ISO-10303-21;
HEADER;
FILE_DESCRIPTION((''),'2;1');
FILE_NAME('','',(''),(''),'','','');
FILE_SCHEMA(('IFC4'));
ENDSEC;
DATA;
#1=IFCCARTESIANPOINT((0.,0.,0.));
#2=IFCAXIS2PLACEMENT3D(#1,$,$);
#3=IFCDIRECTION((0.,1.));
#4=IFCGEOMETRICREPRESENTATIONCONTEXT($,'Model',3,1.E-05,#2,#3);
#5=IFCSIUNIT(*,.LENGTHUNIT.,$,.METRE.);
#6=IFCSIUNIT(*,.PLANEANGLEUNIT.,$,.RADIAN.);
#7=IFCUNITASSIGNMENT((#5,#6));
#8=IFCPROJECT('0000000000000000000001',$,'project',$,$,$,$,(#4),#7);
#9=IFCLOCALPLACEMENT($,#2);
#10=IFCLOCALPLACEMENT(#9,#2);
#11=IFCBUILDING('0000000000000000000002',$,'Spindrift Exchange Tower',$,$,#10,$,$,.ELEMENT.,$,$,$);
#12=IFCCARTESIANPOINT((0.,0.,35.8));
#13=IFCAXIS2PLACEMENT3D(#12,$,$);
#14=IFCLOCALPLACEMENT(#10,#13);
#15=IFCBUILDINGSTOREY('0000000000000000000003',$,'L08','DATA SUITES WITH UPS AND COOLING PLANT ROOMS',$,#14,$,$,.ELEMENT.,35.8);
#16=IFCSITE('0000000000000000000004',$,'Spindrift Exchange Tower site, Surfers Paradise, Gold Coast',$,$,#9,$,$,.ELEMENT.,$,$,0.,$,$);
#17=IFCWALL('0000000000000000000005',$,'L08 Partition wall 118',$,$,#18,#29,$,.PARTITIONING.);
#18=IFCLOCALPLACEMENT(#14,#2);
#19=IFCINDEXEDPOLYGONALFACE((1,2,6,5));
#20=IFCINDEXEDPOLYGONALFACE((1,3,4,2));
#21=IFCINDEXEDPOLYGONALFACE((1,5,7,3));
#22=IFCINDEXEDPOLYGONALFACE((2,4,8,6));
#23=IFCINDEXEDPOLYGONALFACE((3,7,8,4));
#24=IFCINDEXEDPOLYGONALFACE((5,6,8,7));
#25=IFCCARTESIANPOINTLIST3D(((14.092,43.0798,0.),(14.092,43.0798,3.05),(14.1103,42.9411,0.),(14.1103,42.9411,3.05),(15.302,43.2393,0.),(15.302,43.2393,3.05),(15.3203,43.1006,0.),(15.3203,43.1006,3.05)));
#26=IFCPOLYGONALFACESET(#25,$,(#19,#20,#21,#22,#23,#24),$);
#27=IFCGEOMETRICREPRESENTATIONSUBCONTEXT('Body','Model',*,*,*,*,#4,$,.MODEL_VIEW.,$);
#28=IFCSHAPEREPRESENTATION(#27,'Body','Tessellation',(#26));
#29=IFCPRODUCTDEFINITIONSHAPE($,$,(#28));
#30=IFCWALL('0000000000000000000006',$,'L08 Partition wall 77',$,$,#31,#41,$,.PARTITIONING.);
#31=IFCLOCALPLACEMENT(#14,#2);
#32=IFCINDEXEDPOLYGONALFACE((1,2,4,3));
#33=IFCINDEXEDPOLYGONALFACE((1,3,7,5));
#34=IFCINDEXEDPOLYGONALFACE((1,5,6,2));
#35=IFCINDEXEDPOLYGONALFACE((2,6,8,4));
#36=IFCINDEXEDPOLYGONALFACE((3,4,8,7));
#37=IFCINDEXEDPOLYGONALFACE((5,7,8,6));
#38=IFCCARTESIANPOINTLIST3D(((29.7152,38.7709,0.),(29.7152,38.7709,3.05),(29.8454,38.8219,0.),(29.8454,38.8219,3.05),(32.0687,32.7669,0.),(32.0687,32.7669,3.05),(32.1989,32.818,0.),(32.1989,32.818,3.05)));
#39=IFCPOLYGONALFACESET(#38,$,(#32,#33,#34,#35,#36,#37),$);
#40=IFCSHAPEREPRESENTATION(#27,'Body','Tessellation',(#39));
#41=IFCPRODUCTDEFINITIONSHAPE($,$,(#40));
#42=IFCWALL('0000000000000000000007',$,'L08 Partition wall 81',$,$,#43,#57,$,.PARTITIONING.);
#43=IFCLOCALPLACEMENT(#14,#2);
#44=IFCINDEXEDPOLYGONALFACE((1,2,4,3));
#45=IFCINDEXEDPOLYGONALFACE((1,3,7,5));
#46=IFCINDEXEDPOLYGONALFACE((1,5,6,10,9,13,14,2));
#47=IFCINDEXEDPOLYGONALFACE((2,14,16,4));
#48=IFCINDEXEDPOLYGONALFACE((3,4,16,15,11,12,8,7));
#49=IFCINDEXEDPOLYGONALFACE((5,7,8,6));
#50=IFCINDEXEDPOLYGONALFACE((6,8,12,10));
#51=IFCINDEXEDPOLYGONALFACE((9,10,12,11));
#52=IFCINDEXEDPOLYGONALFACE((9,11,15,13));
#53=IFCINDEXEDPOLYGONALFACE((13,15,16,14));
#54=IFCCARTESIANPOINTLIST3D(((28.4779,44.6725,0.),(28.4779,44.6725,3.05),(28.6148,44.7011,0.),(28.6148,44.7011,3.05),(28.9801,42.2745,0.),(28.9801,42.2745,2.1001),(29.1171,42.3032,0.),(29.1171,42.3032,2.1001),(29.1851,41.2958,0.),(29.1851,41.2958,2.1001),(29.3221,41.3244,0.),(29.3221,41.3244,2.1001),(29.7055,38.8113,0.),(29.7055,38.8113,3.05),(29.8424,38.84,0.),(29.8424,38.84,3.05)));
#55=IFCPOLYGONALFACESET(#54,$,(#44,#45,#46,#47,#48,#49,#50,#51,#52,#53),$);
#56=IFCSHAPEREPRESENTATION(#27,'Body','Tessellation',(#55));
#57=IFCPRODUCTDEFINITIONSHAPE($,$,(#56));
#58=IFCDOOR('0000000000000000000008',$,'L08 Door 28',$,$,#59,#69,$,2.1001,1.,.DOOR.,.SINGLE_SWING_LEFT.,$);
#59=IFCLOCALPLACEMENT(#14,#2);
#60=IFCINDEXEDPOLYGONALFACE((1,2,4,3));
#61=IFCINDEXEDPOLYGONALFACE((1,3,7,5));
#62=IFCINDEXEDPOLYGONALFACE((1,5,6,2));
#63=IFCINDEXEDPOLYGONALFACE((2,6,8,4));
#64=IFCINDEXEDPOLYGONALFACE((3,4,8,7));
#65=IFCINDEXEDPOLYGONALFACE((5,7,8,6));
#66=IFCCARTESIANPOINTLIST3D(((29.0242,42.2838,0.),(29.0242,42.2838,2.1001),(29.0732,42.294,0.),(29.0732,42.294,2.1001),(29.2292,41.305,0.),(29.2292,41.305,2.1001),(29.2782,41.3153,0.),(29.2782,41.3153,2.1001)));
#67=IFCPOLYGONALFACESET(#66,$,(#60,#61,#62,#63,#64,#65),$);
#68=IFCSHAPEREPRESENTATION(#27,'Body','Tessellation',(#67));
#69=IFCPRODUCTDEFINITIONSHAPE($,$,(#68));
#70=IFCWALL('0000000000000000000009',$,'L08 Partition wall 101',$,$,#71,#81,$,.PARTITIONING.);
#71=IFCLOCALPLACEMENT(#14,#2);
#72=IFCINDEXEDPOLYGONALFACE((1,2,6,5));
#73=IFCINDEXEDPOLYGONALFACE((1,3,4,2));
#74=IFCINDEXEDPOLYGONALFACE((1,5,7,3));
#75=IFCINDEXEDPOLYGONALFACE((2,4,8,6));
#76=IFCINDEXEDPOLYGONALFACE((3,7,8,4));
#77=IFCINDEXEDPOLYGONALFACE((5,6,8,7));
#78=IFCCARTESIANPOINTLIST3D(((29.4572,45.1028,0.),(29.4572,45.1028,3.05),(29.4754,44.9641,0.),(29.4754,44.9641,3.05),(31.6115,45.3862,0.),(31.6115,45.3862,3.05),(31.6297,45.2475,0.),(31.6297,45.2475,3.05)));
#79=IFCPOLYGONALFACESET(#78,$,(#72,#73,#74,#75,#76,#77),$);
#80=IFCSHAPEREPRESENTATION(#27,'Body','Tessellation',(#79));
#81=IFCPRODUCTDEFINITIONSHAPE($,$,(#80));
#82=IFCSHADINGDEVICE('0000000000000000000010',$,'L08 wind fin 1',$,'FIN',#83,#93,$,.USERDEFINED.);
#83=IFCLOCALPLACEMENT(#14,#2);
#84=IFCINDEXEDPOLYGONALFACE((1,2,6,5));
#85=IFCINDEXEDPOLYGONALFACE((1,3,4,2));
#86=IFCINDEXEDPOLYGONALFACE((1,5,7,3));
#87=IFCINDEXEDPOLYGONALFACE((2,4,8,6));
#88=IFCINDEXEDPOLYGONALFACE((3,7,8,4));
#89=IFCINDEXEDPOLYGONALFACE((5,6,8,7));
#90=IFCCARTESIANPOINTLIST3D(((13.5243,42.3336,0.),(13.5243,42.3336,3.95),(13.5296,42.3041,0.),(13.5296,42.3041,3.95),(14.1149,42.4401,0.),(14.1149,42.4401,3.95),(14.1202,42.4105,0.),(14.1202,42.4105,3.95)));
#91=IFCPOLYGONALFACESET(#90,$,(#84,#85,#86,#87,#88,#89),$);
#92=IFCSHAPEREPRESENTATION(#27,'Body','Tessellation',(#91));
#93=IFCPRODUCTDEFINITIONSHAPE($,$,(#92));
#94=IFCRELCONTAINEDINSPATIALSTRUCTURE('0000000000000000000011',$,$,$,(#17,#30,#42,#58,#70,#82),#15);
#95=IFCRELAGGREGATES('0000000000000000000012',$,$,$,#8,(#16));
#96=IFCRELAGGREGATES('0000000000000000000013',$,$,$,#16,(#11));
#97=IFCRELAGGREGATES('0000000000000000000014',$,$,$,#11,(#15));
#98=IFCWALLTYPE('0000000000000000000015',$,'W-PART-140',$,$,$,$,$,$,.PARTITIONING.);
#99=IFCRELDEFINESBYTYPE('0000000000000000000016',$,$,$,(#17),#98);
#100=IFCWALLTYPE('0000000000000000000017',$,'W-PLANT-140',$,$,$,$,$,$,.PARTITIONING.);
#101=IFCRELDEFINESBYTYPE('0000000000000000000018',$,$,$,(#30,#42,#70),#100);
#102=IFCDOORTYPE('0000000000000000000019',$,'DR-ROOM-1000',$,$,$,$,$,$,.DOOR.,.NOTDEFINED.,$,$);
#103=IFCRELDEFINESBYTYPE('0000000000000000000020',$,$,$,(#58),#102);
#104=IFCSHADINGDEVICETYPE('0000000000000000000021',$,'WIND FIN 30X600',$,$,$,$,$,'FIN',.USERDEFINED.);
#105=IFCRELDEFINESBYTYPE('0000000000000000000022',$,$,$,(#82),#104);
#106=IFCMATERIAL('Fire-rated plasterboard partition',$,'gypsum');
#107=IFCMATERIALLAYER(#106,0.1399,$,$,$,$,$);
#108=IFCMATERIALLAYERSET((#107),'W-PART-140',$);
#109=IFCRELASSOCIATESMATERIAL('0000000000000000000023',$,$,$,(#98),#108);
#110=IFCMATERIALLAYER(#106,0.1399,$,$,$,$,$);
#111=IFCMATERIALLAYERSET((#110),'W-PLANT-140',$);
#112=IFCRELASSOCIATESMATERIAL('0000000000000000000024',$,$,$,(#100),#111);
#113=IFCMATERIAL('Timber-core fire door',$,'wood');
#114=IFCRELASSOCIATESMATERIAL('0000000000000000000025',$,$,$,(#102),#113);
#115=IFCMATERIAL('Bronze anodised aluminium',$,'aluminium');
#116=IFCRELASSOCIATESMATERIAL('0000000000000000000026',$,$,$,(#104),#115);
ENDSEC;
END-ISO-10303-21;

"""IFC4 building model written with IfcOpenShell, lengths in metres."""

from ifc_helpers import new_model, si_unit, direction, frame, frame_2d, origin, origin_2d, place, context, subcontext, project, spatial, rectangle, extrude, source, transform, mapped, material, layer, layer_set, material_profile, profile_set, type_object, element, fill, save


model = new_model("IFC4")

# Units and contexts
model_context = context("Model", 3, precision=1e-05, world=origin(), true_north=direction((0.0, 1.0)))
body_context = subcontext(model_context, "Body", "Model", "MODEL_VIEW")
ifc_project = project(units=[si_unit("LENGTHUNIT", "METRE"), si_unit("PLANEANGLEUNIT", "RADIAN")], contexts=[model_context])

# Site, building, storey
site_placement = place(None, origin())
site = spatial("IfcSite", under=ifc_project, at=site_placement, Name="Spindrift Exchange Tower site, Surfers Paradise, Gold Coast", CompositionType="ELEMENT", RefElevation=0.0)
building_placement = place(site_placement, origin())
building = spatial("IfcBuilding", under=site, at=building_placement, Name="Spindrift Exchange Tower", CompositionType="ELEMENT")
storey_placement = place(building_placement, frame((0.0, 0.0, 35.8)))
storey = spatial("IfcBuildingStorey", under=building, at=storey_placement, Name="L08", Description="DATA SUITES WITH UPS AND COOLING PLANT ROOMS", CompositionType="ELEMENT", Elevation=35.8)

# Shared definitions
ifc_material_1 = material(Name="Bronze anodised aluminium", Category="aluminium")

# Walls
ifc_material_2 = material(Name="Fire-rated plasterboard partition", Category="gypsum")
ifc_layer_1 = layer(ifc_material_2, 0.1399)
ifc_layer_set_1 = layer_set([ifc_layer_1], Name="W-PART-140")
wall_type_1 = type_object("IfcWallType", Name="W-PART-140", PredefinedType="PARTITIONING", material=ifc_layer_set_1)
wall_1_placement = place(storey_placement, frame((15.3113, 43.1699, 0.0), z_axis=(0.0, 0.0, 1.0), x_axis=(-0.991431, -0.13063, 0.0)))
element("IfcWall", 1, at=wall_1_placement, inside=storey, type_object=wall_type_1, Name="L08 Partition wall 118", PredefinedType="PARTITIONING", context=body_context, shape_type="SweptSolid", body=[
    extrude(rectangle(XDim=1.2205, YDim=0.1399, at=frame_2d((0.6104, 0.0))), origin(), (0.0, 0.0, 1.0), 3.05),
])
ifc_layer_2 = layer(ifc_material_2, 0.1399)
ifc_layer_set_2 = layer_set([ifc_layer_2], Name="W-PLANT-140")
wall_type_2 = type_object("IfcWallType", Name="W-PLANT-140", PredefinedType="PARTITIONING", material=ifc_layer_set_2)
wall_2_placement = place(storey_placement, frame((29.7803, 38.7964, 0.0), z_axis=(0.0, 0.0, 1.0), x_axis=(0.364959, -0.931024, 0.0)))
element("IfcWall", 2, at=wall_2_placement, inside=storey, type_object=wall_type_2, Name="L08 Partition wall 77", PredefinedType="PARTITIONING", context=body_context, shape_type="SweptSolid", body=[
    extrude(rectangle(XDim=6.4487, YDim=0.1399, at=frame_2d((3.2244, 0.0))), origin(), (0.0, 0.0, 1.0), 3.05),
])

# Wall, opening, door
wall_3_placement = place(storey_placement, frame((29.7739, 38.8257, 0.0), z_axis=(0.0, 0.0, 1.0), x_axis=(-0.204991, 0.978764, 0.0)))
wall_3 = element("IfcWall", 3, at=wall_3_placement, inside=storey, type_object=wall_type_2, Name="L08 Partition wall 81", PredefinedType="PARTITIONING", context=body_context, shape_type="SweptSolid", body=[
    extrude(rectangle(XDim=5.9883, YDim=0.1399, at=frame_2d((2.9941, 0.0))), origin(), (0.0, 0.0, 1.0), 3.05),
])
opening_placement = place(wall_3_placement, frame((2.5383, 0.0, 0.0)))
opening = element("IfcOpeningElement", 4, at=opening_placement, cuts=wall_3, PredefinedType="OPENING", context=body_context, shape_type="SweptSolid", body=[
    extrude(rectangle(XDim=1.0, YDim=2.1001, at=frame_2d((0.5, 1.05))), frame((0.0, 0.0798, 0.0), z_axis=(0.0, -1.0, 0.0), x_axis=(1.0, 0.0, 0.0)), (0.0, 0.0, 1.0), 0.1599),
])
ifc_material_3 = material(Name="Timber-core fire door", Category="wood")
door_type = type_object("IfcDoorType", Name="DR-ROOM-1000", OperationType="NOTDEFINED", PredefinedType="DOOR", material=ifc_material_3)
shared_shape_1 = source(origin(), body_context, "Body", "SweptSolid", [
    extrude(rectangle(XDim=1.0, YDim=2.1001, at=frame_2d((0.5, 1.05))), frame((0.0, 0.0249, 0.0), z_axis=(0.0, -1.0, 0.0), x_axis=(1.0, 0.0, 0.0)), (0.0, 0.0, 1.0), 0.05),
])
door_placement = place(opening_placement, origin())
door = element("IfcDoor", 5, at=door_placement, inside=storey, type_object=door_type, Name="L08 Door 28", OperationType="SINGLE_SWING_LEFT", OverallHeight=2.1001, OverallWidth=1.0, PredefinedType="DOOR", context=body_context, shape_type="MappedRepresentation", body=[
    mapped(shared_shape_1, transform((0.0, 0.0, 0.0), scale=1.0)),
])
fill(opening, door)

# Wall
wall_4_placement = place(storey_placement, frame((31.6206, 45.3169, 0.0), z_axis=(0.0, 0.0, 1.0), x_axis=(-0.991455, -0.130449, 0.0)))
element("IfcWall", 6, at=wall_4_placement, inside=storey, type_object=wall_type_2, Name="L08 Partition wall 101", PredefinedType="PARTITIONING", context=body_context, shape_type="SweptSolid", body=[
    extrude(rectangle(XDim=2.1729, YDim=0.1399, at=frame_2d((1.0864, 0.0))), origin(), (0.0, 0.0, 1.0), 3.05),
])

# Shading device
ifc_material_profile_1 = material_profile(ifc_material_1, rectangle(XDim=0.03, YDim=0.6001, at=origin_2d()), Name="WIND FIN 30X600")
ifc_profile_set_1 = profile_set([ifc_material_profile_1], Name="Bronze anodised aluminium")
shading_device_type = type_object("IfcShadingDeviceType", Name="WIND FIN 30X600", ElementType="FIN", PredefinedType="USERDEFINED", material=ifc_profile_set_1)
shared_shape_2 = source(origin(), body_context, "Body", "SweptSolid", [
    extrude(rectangle(XDim=0.03, YDim=0.6001, at=origin_2d()), origin(), (0.0, 0.0, 1.0), 3.95),
])
shading_device_placement = place(storey_placement, frame((13.8223, 42.3721, 0.0), z_axis=(0.0, 0.0, 1.0), x_axis=(0.177317, -0.984154, 0.0)))
element("IfcShadingDevice", 7, at=shading_device_placement, inside=storey, type_object=shading_device_type, Name="L08 wind fin 1", ObjectType="FIN", PredefinedType="USERDEFINED", context=body_context, shape_type="MappedRepresentation", body=[
    mapped(shared_shape_2, transform((0.0, 0.0, 0.0), scale=1.0)),
])

save(model, "model.ifc")
